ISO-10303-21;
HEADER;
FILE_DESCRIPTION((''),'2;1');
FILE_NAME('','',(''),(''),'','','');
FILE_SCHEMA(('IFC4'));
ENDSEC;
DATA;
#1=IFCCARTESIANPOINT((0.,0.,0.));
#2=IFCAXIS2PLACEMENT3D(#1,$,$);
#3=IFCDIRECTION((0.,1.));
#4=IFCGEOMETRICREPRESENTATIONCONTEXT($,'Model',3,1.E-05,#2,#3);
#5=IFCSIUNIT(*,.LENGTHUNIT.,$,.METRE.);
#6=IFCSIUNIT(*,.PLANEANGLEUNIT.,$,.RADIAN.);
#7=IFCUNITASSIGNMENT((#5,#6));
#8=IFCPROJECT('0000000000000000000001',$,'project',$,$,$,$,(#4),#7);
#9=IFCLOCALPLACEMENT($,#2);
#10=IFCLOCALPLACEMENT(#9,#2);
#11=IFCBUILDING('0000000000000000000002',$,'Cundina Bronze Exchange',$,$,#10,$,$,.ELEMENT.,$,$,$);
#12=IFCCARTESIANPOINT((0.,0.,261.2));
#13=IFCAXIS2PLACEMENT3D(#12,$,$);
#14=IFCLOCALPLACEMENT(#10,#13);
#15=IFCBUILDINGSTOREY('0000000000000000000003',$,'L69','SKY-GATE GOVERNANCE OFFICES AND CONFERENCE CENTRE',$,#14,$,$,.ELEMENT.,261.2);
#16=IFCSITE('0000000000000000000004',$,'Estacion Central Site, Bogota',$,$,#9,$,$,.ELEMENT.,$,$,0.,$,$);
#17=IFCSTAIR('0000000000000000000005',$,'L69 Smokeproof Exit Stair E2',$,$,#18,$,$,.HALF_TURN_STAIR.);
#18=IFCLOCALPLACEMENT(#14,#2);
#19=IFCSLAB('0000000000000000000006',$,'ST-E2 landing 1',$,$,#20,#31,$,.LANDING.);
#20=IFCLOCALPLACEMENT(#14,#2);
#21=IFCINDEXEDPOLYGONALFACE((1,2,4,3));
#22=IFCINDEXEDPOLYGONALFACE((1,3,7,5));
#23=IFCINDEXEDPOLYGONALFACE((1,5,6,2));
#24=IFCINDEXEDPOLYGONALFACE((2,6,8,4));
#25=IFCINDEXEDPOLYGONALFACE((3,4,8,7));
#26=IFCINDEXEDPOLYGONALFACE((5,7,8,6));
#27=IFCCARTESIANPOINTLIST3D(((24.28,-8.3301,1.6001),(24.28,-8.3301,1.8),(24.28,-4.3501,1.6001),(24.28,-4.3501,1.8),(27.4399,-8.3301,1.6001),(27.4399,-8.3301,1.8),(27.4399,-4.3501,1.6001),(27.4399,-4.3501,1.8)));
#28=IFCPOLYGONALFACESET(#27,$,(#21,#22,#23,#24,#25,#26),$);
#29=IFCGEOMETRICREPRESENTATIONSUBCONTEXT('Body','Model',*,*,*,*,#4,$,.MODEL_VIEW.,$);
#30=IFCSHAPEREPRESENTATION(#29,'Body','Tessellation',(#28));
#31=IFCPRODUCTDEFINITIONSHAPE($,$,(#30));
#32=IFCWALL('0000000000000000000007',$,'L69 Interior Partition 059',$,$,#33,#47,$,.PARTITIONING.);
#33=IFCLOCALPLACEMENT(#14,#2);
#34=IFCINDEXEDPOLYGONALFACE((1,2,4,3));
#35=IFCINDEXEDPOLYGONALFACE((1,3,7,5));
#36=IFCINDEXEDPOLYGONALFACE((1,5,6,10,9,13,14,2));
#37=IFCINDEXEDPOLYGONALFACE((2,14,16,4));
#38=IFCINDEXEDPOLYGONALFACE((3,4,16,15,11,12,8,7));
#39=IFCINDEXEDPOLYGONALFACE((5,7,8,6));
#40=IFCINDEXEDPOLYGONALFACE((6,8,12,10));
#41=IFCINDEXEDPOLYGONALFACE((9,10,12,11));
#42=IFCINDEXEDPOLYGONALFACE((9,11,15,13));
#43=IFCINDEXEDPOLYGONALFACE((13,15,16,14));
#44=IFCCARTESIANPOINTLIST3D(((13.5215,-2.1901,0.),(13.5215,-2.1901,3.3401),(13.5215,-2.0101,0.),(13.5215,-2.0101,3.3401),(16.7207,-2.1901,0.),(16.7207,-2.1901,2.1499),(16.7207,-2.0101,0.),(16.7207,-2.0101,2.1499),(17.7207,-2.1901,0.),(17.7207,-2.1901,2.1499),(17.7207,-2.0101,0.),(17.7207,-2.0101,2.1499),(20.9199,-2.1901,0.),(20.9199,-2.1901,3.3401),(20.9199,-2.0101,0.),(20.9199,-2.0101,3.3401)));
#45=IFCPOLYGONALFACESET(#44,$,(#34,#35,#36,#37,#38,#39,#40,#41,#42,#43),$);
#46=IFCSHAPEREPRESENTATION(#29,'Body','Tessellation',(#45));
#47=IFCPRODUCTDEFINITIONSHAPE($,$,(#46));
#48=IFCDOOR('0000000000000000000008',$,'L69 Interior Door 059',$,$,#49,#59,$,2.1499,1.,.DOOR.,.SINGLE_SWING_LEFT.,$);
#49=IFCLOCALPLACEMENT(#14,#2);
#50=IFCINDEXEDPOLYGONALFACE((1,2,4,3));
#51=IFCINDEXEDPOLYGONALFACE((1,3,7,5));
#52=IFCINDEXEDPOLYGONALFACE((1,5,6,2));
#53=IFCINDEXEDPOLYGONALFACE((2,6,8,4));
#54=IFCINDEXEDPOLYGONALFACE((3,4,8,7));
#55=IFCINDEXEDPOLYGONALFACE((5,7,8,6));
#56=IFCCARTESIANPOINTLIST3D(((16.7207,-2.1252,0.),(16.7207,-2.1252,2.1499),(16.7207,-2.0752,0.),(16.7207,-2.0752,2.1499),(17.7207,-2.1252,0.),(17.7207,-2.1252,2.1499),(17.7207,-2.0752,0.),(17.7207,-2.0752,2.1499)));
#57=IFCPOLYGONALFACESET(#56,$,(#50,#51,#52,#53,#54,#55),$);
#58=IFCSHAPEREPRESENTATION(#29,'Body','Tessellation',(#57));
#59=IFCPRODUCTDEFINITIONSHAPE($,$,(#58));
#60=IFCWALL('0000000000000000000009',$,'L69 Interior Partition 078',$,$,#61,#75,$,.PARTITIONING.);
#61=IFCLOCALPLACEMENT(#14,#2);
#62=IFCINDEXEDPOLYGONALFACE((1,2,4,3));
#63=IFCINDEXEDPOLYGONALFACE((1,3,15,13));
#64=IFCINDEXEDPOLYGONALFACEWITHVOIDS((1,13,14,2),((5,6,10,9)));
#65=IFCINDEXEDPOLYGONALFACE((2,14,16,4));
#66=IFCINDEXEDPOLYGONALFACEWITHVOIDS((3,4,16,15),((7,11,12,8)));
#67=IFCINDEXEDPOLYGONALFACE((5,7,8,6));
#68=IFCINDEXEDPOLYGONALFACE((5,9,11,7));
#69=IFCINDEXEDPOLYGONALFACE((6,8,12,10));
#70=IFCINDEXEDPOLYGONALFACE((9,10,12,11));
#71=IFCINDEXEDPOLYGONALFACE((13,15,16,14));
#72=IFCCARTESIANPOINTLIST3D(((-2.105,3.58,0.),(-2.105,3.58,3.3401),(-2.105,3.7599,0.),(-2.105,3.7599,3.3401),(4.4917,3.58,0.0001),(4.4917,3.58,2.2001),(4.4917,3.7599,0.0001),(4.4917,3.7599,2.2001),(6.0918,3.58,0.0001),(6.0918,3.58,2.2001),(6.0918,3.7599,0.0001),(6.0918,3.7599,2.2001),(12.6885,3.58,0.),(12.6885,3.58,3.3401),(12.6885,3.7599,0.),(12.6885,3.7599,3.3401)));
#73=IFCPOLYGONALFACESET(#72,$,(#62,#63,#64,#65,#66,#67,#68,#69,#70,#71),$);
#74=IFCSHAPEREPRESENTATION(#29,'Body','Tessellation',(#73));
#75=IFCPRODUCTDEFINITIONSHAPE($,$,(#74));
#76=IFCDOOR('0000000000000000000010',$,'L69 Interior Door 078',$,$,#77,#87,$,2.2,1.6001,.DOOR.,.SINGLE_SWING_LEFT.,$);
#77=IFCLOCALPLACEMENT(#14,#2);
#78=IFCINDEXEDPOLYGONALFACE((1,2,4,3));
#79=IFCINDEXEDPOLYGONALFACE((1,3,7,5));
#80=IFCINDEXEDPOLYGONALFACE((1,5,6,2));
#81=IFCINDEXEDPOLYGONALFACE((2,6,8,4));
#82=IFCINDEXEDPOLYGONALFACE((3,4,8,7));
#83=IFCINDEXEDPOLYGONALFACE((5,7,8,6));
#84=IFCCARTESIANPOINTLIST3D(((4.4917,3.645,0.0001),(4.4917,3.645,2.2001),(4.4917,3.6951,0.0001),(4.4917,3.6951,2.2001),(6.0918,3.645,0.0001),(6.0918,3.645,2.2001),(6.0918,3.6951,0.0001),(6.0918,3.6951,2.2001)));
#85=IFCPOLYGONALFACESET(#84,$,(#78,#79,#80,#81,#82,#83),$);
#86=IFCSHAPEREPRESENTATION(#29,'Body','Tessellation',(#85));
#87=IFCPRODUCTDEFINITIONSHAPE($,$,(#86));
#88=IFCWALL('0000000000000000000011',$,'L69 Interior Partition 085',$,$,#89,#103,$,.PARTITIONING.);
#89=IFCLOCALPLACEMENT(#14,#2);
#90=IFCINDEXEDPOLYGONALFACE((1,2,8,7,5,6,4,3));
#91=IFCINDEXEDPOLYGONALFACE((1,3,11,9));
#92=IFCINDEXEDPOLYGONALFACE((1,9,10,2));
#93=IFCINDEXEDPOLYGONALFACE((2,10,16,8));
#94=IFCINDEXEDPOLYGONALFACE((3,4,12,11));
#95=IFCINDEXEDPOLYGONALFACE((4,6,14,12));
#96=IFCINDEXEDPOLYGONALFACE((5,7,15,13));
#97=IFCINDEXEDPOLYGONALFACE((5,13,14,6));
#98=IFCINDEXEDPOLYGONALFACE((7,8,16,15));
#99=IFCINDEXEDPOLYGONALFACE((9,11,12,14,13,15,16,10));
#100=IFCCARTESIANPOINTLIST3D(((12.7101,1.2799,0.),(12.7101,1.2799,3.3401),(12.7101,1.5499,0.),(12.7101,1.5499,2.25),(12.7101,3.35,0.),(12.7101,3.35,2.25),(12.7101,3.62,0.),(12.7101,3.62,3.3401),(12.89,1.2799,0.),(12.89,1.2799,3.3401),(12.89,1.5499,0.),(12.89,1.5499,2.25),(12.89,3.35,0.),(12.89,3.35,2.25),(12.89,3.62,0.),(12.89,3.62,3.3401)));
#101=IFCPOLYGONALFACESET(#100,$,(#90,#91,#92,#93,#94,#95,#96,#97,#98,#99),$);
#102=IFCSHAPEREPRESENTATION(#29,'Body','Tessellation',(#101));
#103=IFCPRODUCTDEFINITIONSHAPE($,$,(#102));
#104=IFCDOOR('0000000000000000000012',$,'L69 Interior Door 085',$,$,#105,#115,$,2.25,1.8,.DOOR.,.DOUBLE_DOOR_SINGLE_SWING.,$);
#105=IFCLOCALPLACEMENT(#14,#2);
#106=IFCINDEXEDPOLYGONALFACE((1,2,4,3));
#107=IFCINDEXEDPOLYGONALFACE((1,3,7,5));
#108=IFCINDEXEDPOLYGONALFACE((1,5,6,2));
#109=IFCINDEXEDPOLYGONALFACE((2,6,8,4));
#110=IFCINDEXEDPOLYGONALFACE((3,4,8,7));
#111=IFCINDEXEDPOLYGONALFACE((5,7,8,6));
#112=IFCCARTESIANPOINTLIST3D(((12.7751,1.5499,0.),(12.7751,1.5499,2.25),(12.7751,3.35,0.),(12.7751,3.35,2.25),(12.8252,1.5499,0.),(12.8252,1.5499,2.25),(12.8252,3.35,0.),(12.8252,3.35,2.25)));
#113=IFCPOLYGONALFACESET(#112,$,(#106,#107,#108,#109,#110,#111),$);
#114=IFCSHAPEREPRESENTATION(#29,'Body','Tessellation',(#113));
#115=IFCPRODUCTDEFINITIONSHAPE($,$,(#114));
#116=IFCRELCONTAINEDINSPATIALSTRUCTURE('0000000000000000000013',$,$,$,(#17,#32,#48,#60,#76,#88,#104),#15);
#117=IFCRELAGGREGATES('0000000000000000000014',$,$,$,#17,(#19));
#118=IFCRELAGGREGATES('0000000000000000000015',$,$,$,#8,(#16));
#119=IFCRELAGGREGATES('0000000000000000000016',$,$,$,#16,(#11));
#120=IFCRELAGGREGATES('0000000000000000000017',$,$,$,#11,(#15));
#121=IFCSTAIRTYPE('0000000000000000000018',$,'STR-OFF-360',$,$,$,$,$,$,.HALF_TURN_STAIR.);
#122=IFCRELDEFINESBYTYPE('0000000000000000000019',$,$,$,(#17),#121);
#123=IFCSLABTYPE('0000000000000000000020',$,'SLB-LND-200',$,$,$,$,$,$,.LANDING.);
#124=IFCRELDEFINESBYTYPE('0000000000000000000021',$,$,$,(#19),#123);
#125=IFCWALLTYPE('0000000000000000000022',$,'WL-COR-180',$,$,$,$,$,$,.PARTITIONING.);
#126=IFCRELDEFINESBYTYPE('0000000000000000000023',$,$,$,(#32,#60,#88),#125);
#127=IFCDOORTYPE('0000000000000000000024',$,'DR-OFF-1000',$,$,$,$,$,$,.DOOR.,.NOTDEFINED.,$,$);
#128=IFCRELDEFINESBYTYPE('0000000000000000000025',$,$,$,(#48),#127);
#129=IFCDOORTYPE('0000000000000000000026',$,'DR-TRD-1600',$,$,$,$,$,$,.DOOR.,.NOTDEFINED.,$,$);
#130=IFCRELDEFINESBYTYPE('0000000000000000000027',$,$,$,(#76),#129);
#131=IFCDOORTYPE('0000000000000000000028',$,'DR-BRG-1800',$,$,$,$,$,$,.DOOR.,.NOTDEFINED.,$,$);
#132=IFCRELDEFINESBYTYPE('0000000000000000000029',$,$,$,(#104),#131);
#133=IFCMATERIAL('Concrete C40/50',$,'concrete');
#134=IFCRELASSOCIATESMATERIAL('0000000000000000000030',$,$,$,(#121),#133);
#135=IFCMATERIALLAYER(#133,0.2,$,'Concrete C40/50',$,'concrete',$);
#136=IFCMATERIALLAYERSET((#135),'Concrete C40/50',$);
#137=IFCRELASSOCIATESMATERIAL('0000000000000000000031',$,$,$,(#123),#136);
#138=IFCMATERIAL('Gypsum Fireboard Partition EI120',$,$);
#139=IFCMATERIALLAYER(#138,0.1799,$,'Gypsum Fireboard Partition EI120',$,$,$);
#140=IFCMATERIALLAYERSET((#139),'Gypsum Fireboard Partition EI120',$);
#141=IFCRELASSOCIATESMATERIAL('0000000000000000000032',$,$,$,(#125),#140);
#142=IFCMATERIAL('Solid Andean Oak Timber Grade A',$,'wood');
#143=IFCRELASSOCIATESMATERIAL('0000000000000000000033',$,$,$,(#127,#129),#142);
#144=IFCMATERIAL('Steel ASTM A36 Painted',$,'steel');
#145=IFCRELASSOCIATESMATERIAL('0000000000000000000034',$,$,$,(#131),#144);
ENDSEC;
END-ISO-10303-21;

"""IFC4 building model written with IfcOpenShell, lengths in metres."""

from ifc_helpers import new_model, si_unit, direction, frame, frame_2d, origin, place, context, subcontext, project, spatial, polyline, rectangle, outline, extrude, material, layer, layer_set, type_object, element, fill, aggregate, save


model = new_model("IFC4")

# Units and contexts
model_context = context("Model", 3, precision=1e-05, world=origin(), true_north=direction((0.0, 1.0)))
body_context = subcontext(model_context, "Body", "Model", "MODEL_VIEW")
ifc_project = project(units=[si_unit("LENGTHUNIT", "METRE"), si_unit("PLANEANGLEUNIT", "RADIAN")], contexts=[model_context])

# Site, building, storey
site_placement = place(None, origin())
site = spatial("IfcSite", under=ifc_project, at=site_placement, Name="Estacion Central Site, Bogota", CompositionType="ELEMENT", RefElevation=0.0)
building_placement = place(site_placement, origin())
building = spatial("IfcBuilding", under=site, at=building_placement, Name="Cundina Bronze Exchange", CompositionType="ELEMENT")
storey_placement = place(building_placement, frame((0.0, 0.0, 261.2)))
storey = spatial("IfcBuildingStorey", under=building, at=storey_placement, Name="L69", Description="SKY-GATE GOVERNANCE OFFICES AND CONFERENCE CENTRE", CompositionType="ELEMENT", Elevation=261.2)

# Stair, slab
ifc_material_1 = material(Name="Concrete C40/50", Category="concrete")
stair_type = type_object("IfcStairType", Name="STR-OFF-360", PredefinedType="HALF_TURN_STAIR", material=ifc_material_1)
ifc_layer_1 = layer(ifc_material_1, 0.2, Name="Concrete C40/50", Category="concrete")
ifc_layer_set_1 = layer_set([ifc_layer_1], Name="Concrete C40/50")
slab_type_1 = type_object("IfcSlabType", Name="SLB-LND-200", PredefinedType="LANDING", material=ifc_layer_set_1)
stair_1_placement = place(storey_placement, origin())
stair_1 = element("IfcStair", 1, at=stair_1_placement, inside=storey, type_object=stair_type, Name="L69 Smokeproof Exit Stair E2", PredefinedType="HALF_TURN_STAIR")
slab_1_placement = place(storey_placement, frame((0.0, 0.0, 1.6001)))
slab_1 = element("IfcSlab", 2, at=slab_1_placement, type_object=slab_type_1, Name="ST-E2 landing 1", PredefinedType="LANDING", context=body_context, shape_type="SweptSolid", body=[
    extrude(outline(polyline([(27.4399, -8.3301), (27.4399, -4.3501), (24.28, -4.3501), (24.28, -8.3301), (27.4399, -8.3301)])), origin(), (0.0, 0.0, 1.0), 0.2),
])
aggregate(stair_1, [slab_1])

# Walls, openings, doors
ifc_material_2 = material(Name="Gypsum Fireboard Partition EI120")
ifc_layer_2 = layer(ifc_material_2, 0.1799, Name="Gypsum Fireboard Partition EI120")
ifc_layer_set_2 = layer_set([ifc_layer_2], Name="Gypsum Fireboard Partition EI120")
wall_type = type_object("IfcWallType", Name="WL-COR-180", PredefinedType="PARTITIONING", material=ifc_layer_set_2)
wall_1_placement = place(storey_placement, frame((13.5215, -2.1001, 0.0), z_axis=(0.0, 0.0, 1.0), x_axis=(1.0, 0.0, 0.0)))
wall_1 = element("IfcWall", 3, at=wall_1_placement, inside=storey, type_object=wall_type, Name="L69 Interior Partition 059", PredefinedType="PARTITIONING", context=body_context, shape_type="SweptSolid", body=[
    extrude(rectangle(XDim=7.3984, YDim=0.1799, at=frame_2d((3.6992, 0.0))), origin(), (0.0, 0.0, 1.0), 3.3401),
])
opening_1_placement = place(wall_1_placement, frame((3.1992, 0.0, 0.0)))
opening_1 = element("IfcOpeningElement", 4, at=opening_1_placement, cuts=wall_1, PredefinedType="OPENING", context=body_context, shape_type="SweptSolid", body=[
    extrude(rectangle(XDim=1.0, YDim=2.1499, at=frame_2d((0.5, 1.075))), frame((0.0, 0.0999, 0.0), z_axis=(0.0, -1.0, 0.0), x_axis=(1.0, 0.0, 0.0)), (0.0, 0.0, 1.0), 0.2),
])
ifc_material_3 = material(Name="Solid Andean Oak Timber Grade A", Category="wood")
door_type_1 = type_object("IfcDoorType", Name="DR-OFF-1000", OperationType="NOTDEFINED", PredefinedType="DOOR", material=ifc_material_3)
door_1_placement = place(opening_1_placement, origin())
door_1 = element("IfcDoor", 5, at=door_1_placement, inside=storey, type_object=door_type_1, Name="L69 Interior Door 059", OperationType="SINGLE_SWING_LEFT", OverallHeight=2.1499, OverallWidth=1.0, PredefinedType="DOOR", context=body_context, shape_type="SweptSolid", body=[
    extrude(rectangle(XDim=1.0, YDim=2.1499, at=frame_2d((0.5, 1.075))), frame((0.0, 0.0249, 0.0), z_axis=(0.0, -1.0, 0.0), x_axis=(1.0, 0.0, 0.0)), (0.0, 0.0, 1.0), 0.05),
])
fill(opening_1, door_1)
wall_2_placement = place(storey_placement, frame((12.6885, 3.6699, 0.0), z_axis=(0.0, 0.0, 1.0), x_axis=(-1.0, 0.0, 0.0)))
wall_2 = element("IfcWall", 6, at=wall_2_placement, inside=storey, type_object=wall_type, Name="L69 Interior Partition 078", PredefinedType="PARTITIONING", context=body_context, shape_type="SweptSolid", body=[
    extrude(rectangle(XDim=14.7935, YDim=0.1799, at=frame_2d((7.3967, 0.0))), origin(), (0.0, 0.0, 1.0), 3.3401),
])
opening_2_placement = place(wall_2_placement, frame((6.5967, 0.0, 0.0)))
opening_2 = element("IfcOpeningElement", 7, at=opening_2_placement, cuts=wall_2, PredefinedType="OPENING", context=body_context, shape_type="SweptSolid", body=[
    extrude(rectangle(XDim=1.6001, YDim=2.2, at=frame_2d((0.8, 1.1001))), frame((0.0, 0.0999, 0.0), z_axis=(0.0, -1.0, 0.0), x_axis=(1.0, 0.0, 0.0)), (0.0, 0.0, 1.0), 0.2),
])
door_type_2 = type_object("IfcDoorType", Name="DR-TRD-1600", OperationType="NOTDEFINED", PredefinedType="DOOR", material=ifc_material_3)
door_2_placement = place(opening_2_placement, origin())
door_2 = element("IfcDoor", 8, at=door_2_placement, inside=storey, type_object=door_type_2, Name="L69 Interior Door 078", OperationType="SINGLE_SWING_LEFT", OverallHeight=2.2, OverallWidth=1.6001, PredefinedType="DOOR", context=body_context, shape_type="SweptSolid", body=[
    extrude(rectangle(XDim=1.6001, YDim=2.2, at=frame_2d((0.8, 1.1001))), frame((0.0, 0.0249, 0.0), z_axis=(0.0, -1.0, 0.0), x_axis=(1.0, 0.0, 0.0)), (0.0, 0.0, 1.0), 0.05),
])
fill(opening_2, door_2)
wall_3_placement = place(storey_placement, frame((12.8, 1.28, 0.0), z_axis=(0.0, 0.0, 1.0), x_axis=(0.0, 1.0, 0.0)))
wall_3 = element("IfcWall", 9, at=wall_3_placement, inside=storey, type_object=wall_type, Name="L69 Interior Partition 085", PredefinedType="PARTITIONING", context=body_context, shape_type="SweptSolid", body=[
    extrude(rectangle(XDim=2.3401, YDim=0.1799, at=frame_2d((1.1699, 0.0))), origin(), (0.0, 0.0, 1.0), 3.3401),
])
opening_3_placement = place(wall_3_placement, frame((0.27, 0.0, 0.0)))
opening_3 = element("IfcOpeningElement", 10, at=opening_3_placement, cuts=wall_3, PredefinedType="OPENING", context=body_context, shape_type="SweptSolid", body=[
    extrude(rectangle(XDim=1.8, YDim=2.25, at=frame_2d((0.8999, 1.125))), frame((0.0, 0.0999, 0.0), z_axis=(0.0, -1.0, 0.0), x_axis=(1.0, 0.0, 0.0)), (0.0, 0.0, 1.0), 0.2),
])
ifc_material_4 = material(Name="Steel ASTM A36 Painted", Category="steel")
door_type_3 = type_object("IfcDoorType", Name="DR-BRG-1800", OperationType="NOTDEFINED", PredefinedType="DOOR", material=ifc_material_4)
door_3_placement = place(opening_3_placement, origin())
door_3 = element("IfcDoor", 11, at=door_3_placement, inside=storey, type_object=door_type_3, Name="L69 Interior Door 085", OperationType="DOUBLE_DOOR_SINGLE_SWING", OverallHeight=2.25, OverallWidth=1.8, PredefinedType="DOOR", context=body_context, shape_type="SweptSolid", body=[
    extrude(rectangle(XDim=1.8, YDim=2.25, at=frame_2d((0.8999, 1.125))), frame((0.0, 0.0249, 0.0), z_axis=(0.0, -1.0, 0.0), x_axis=(1.0, 0.0, 0.0)), (0.0, 0.0, 1.0), 0.05),
])
fill(opening_3, door_3)

save(model, "model.ifc")
